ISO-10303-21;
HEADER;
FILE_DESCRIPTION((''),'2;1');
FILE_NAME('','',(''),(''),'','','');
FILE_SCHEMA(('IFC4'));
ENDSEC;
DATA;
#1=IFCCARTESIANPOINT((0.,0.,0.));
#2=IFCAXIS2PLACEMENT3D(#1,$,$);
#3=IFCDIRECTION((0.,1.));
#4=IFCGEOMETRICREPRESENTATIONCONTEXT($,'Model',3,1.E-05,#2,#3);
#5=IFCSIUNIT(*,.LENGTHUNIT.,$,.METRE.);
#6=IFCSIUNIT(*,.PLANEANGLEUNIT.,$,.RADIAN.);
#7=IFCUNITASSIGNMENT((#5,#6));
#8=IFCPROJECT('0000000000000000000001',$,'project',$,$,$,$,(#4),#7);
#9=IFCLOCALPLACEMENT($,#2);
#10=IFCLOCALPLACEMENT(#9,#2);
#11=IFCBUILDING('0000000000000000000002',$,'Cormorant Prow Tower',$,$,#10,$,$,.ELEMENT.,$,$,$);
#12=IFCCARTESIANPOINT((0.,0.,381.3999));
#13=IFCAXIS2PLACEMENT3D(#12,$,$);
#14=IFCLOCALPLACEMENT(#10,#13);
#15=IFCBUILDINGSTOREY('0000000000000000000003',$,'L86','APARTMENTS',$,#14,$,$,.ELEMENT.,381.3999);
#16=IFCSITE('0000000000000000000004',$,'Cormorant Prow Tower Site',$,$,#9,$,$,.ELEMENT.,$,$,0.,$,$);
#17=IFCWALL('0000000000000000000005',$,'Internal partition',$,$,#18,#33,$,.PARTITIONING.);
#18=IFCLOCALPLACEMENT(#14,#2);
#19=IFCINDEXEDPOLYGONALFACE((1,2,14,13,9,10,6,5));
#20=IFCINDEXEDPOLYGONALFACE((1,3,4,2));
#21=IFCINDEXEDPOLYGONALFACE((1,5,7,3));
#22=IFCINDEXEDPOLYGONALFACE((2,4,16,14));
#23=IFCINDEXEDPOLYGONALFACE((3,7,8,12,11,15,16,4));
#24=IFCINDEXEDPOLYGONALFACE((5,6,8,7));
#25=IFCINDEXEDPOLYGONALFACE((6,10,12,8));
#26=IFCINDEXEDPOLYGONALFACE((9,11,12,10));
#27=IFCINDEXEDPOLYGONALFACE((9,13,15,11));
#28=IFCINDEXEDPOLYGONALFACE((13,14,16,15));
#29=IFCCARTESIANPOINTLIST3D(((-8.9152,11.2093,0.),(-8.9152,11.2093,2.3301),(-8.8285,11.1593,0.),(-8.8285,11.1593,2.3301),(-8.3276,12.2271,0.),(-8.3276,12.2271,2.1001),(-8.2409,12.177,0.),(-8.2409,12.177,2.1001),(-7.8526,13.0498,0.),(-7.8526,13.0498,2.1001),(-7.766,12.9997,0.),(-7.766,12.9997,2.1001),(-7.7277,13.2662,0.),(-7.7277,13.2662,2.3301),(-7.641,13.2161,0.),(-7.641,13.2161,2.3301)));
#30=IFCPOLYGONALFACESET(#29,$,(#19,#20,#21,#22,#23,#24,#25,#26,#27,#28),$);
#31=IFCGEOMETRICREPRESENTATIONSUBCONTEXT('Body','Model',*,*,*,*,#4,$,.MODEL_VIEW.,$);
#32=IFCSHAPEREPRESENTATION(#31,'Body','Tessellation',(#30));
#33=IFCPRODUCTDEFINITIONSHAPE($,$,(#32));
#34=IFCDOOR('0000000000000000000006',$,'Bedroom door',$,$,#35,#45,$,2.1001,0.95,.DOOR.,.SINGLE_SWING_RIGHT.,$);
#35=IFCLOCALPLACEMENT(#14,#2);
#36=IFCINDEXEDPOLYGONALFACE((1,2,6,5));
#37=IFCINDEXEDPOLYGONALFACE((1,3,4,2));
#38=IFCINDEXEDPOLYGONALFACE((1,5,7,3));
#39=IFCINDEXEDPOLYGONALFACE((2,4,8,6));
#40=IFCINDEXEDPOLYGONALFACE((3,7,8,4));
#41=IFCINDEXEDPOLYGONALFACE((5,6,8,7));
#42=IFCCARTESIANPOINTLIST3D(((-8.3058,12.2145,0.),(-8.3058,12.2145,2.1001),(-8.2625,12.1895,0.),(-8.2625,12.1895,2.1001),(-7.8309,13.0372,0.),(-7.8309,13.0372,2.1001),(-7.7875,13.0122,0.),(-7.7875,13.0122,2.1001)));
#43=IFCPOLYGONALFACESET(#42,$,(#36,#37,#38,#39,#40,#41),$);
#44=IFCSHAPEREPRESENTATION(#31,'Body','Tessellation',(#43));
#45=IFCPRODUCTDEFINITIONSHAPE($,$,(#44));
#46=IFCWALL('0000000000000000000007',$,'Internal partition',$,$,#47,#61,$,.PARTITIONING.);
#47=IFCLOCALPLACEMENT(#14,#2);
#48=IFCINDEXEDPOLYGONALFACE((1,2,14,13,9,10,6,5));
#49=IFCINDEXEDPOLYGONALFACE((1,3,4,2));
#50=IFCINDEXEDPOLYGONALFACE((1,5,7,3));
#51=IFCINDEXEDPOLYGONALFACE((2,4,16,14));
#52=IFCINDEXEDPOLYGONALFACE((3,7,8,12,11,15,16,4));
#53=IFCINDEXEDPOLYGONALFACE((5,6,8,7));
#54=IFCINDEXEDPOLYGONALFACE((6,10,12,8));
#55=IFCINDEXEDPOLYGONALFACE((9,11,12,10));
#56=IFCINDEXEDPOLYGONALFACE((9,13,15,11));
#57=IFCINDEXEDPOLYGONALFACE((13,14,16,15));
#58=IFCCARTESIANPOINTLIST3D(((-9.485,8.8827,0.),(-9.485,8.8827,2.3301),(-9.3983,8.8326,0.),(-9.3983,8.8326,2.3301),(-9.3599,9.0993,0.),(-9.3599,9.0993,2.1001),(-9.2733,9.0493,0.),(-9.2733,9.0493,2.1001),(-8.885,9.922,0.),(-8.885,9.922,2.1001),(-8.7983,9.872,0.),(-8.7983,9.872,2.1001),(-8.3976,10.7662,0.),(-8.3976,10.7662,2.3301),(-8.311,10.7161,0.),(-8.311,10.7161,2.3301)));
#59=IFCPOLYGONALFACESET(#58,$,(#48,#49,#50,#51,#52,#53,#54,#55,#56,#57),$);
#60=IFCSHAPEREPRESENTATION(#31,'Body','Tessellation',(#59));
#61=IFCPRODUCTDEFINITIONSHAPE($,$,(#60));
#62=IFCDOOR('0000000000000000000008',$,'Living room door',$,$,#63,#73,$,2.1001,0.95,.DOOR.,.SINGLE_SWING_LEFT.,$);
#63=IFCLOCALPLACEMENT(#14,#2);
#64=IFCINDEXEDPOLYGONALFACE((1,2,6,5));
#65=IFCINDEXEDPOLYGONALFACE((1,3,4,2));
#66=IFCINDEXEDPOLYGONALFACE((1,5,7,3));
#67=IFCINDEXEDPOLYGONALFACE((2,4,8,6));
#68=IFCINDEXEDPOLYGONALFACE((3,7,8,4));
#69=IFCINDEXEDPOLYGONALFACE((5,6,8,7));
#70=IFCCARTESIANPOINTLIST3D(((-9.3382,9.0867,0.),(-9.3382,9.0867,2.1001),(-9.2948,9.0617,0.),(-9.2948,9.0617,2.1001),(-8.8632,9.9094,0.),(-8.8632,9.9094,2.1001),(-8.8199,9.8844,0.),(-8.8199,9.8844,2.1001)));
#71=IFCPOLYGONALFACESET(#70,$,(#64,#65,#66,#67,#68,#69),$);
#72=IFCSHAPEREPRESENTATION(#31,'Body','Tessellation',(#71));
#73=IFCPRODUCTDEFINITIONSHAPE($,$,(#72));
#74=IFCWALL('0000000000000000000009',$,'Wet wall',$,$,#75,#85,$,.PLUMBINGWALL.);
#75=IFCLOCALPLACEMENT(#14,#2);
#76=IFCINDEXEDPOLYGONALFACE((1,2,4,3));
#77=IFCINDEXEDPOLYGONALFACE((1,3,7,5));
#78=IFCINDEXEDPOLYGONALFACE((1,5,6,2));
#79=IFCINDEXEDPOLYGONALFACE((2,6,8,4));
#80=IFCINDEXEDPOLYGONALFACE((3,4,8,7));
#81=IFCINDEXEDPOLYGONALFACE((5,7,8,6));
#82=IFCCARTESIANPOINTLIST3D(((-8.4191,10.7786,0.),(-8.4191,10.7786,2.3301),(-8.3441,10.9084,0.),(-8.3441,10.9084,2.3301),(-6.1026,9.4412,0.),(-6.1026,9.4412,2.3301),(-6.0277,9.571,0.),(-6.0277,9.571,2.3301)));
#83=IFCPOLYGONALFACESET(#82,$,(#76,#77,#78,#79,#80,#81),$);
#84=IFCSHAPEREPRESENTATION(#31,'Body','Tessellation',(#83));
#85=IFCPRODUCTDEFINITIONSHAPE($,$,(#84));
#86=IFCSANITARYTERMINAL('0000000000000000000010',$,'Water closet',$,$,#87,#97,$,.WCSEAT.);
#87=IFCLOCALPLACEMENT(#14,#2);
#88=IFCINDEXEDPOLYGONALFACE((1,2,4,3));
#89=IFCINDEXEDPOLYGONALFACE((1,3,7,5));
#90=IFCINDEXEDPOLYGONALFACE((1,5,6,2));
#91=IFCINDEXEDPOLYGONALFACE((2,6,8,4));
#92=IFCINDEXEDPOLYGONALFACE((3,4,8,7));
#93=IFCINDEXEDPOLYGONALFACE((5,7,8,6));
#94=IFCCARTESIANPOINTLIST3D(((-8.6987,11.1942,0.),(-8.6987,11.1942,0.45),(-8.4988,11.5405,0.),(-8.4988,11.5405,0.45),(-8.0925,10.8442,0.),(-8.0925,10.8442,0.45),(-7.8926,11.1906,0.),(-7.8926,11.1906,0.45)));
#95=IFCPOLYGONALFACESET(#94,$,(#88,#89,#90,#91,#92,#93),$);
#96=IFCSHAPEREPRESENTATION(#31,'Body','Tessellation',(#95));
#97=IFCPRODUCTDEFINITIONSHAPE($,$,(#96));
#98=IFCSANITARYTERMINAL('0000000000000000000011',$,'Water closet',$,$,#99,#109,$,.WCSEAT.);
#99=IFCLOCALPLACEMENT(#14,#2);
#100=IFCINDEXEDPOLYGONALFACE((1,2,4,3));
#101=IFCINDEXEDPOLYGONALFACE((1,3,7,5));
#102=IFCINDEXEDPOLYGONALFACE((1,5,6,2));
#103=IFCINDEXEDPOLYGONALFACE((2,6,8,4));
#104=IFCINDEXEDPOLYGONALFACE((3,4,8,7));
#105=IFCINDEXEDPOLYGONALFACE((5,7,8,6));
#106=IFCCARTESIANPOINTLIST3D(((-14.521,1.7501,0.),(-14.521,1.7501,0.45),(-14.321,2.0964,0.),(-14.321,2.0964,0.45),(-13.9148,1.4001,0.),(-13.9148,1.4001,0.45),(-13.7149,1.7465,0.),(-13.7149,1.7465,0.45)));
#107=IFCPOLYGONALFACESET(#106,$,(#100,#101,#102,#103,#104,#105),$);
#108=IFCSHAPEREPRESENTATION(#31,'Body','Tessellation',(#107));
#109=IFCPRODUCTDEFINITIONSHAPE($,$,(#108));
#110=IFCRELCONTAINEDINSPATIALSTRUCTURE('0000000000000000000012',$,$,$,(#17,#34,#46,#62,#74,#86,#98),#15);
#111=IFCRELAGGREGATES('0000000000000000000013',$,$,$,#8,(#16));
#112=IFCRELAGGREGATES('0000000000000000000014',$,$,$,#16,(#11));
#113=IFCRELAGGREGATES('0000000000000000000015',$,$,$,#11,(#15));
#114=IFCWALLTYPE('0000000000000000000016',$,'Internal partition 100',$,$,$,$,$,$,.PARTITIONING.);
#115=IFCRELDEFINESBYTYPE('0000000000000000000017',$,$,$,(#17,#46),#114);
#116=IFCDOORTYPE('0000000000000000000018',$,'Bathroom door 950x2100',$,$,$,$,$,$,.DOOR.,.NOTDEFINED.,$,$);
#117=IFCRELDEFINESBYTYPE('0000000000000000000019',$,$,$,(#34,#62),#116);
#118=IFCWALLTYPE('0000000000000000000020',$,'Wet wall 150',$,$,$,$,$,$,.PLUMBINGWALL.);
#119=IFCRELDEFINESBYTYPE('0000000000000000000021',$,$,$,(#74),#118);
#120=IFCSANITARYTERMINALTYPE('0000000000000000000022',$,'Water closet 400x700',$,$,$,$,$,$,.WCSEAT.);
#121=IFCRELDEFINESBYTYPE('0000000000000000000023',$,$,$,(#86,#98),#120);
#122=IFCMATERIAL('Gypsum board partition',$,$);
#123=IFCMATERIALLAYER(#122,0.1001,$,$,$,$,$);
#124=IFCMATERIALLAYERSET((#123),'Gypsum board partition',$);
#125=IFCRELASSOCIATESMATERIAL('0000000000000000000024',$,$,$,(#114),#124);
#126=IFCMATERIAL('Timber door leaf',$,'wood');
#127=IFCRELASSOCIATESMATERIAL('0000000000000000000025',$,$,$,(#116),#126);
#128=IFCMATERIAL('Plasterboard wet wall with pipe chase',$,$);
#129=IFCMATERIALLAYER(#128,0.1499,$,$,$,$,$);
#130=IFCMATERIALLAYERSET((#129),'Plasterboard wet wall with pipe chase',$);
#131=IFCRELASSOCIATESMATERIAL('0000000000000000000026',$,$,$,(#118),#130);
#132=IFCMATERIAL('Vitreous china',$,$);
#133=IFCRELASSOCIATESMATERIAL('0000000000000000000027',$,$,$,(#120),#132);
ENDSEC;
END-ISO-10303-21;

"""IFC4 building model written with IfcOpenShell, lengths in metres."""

from ifc_helpers import new_model, si_unit, direction, frame, frame_2d, origin, origin_2d, place, context, subcontext, project, spatial, rectangle, extrude, material, layer, layer_set, type_object, element, fill, save


model = new_model("IFC4")

# Units and contexts
model_context = context("Model", 3, precision=1e-05, world=origin(), true_north=direction((0.0, 1.0)))
body_context = subcontext(model_context, "Body", "Model", "MODEL_VIEW")
ifc_project = project(units=[si_unit("LENGTHUNIT", "METRE"), si_unit("PLANEANGLEUNIT", "RADIAN")], contexts=[model_context])

# Site, building, storey
site_placement = place(None, origin())
site = spatial("IfcSite", under=ifc_project, at=site_placement, Name="Cormorant Prow Tower Site", CompositionType="ELEMENT", RefElevation=0.0)
building_placement = place(site_placement, origin())
building = spatial("IfcBuilding", under=site, at=building_placement, Name="Cormorant Prow Tower", CompositionType="ELEMENT")
storey_placement = place(building_placement, frame((0.0, 0.0, 381.3999)))
storey = spatial("IfcBuildingStorey", under=building, at=storey_placement, Name="L86", Description="APARTMENTS", CompositionType="ELEMENT", Elevation=381.3999)

# Shared definitions
ifc_material_1 = material(Name="Gypsum board partition")
ifc_layer_1 = layer(ifc_material_1, 0.1001)
ifc_layer_set_1 = layer_set([ifc_layer_1], Name="Gypsum board partition")
wall_type_1 = type_object("IfcWallType", Name="Internal partition 100", PredefinedType="PARTITIONING", material=ifc_layer_set_1)
ifc_material_2 = material(Name="Timber door leaf", Category="wood")
door_type_1 = type_object("IfcDoorType", Name="Bathroom door 950x2100", OperationType="NOTDEFINED", PredefinedType="DOOR", material=ifc_material_2)

# Walls, openings, doors
wall_1_placement = place(storey_placement, frame((-8.8718, 11.1843, 0.0), z_axis=(0.0, 0.0, 1.0), x_axis=(0.499986, 0.866033, 0.0)))
wall_1 = element("IfcWall", 1, at=wall_1_placement, inside=storey, type_object=wall_type_1, Name="Internal partition", PredefinedType="PARTITIONING", context=body_context, shape_type="SweptSolid", body=[
    extrude(rectangle(XDim=2.375, YDim=0.1001, at=frame_2d((1.1875, 0.0))), origin(), (0.0, 0.0, 1.0), 2.3301),
])
opening_1_placement = place(wall_1_placement, frame((1.175, 0.0, 0.0)))
opening_1 = element("IfcOpeningElement", 2, at=opening_1_placement, cuts=wall_1, PredefinedType="OPENING", context=body_context, shape_type="SweptSolid", body=[
    extrude(rectangle(XDim=0.95, YDim=2.1001, at=frame_2d((0.4751, 1.05))), frame((0.0, 0.0601, 0.0), z_axis=(0.0, -1.0, 0.0), x_axis=(1.0, 0.0, 0.0)), (0.0, 0.0, 1.0), 0.1201),
])
door_1_placement = place(opening_1_placement, origin())
door_1 = element("IfcDoor", 3, at=door_1_placement, inside=storey, type_object=door_type_1, Name="Bedroom door", OperationType="SINGLE_SWING_RIGHT", OverallHeight=2.1001, OverallWidth=0.95, PredefinedType="DOOR", context=body_context, shape_type="SweptSolid", body=[
    extrude(rectangle(XDim=0.95, YDim=2.1001, at=frame_2d((0.4751, 1.05))), frame((0.0, 0.0249, 0.0), z_axis=(0.0, -1.0, 0.0), x_axis=(1.0, 0.0, 0.0)), (0.0, 0.0, 1.0), 0.05),
])
fill(opening_1, door_1)
wall_2_placement = place(storey_placement, frame((-9.4417, 8.8577, 0.0), z_axis=(0.0, 0.0, 1.0), x_axis=(0.499978, 0.866038, 0.0)))
wall_2 = element("IfcWall", 4, at=wall_2_placement, inside=storey, type_object=wall_type_1, Name="Internal partition", PredefinedType="PARTITIONING", context=body_context, shape_type="SweptSolid", body=[
    extrude(rectangle(XDim=2.1748, YDim=0.1001, at=frame_2d((1.0874, 0.0))), origin(), (0.0, 0.0, 1.0), 2.3301),
])
opening_2_placement = place(wall_2_placement, frame((0.25, 0.0, 0.0)))
opening_2 = element("IfcOpeningElement", 5, at=opening_2_placement, cuts=wall_2, PredefinedType="OPENING", context=body_context, shape_type="SweptSolid", body=[
    extrude(rectangle(XDim=0.95, YDim=2.1001, at=frame_2d((0.4751, 1.05))), frame((0.0, 0.0601, 0.0), z_axis=(0.0, -1.0, 0.0), x_axis=(1.0, 0.0, 0.0)), (0.0, 0.0, 1.0), 0.1201),
])
door_2_placement = place(opening_2_placement, origin())
door_2 = element("IfcDoor", 6, at=door_2_placement, inside=storey, type_object=door_type_1, Name="Living room door", OperationType="SINGLE_SWING_LEFT", OverallHeight=2.1001, OverallWidth=0.95, PredefinedType="DOOR", context=body_context, shape_type="SweptSolid", body=[
    extrude(rectangle(XDim=0.95, YDim=2.1001, at=frame_2d((0.4751, 1.05))), frame((0.0, 0.0249, 0.0), z_axis=(0.0, -1.0, 0.0), x_axis=(1.0, 0.0, 0.0)), (0.0, 0.0, 1.0), 0.05),
])
fill(opening_2, door_2)

# Wall
ifc_material_3 = material(Name="Plasterboard wet wall with pipe chase")
ifc_layer_2 = layer(ifc_material_3, 0.1499)
ifc_layer_set_2 = layer_set([ifc_layer_2], Name="Plasterboard wet wall with pipe chase")
wall_type_2 = type_object("IfcWallType", Name="Wet wall 150", PredefinedType="PLUMBINGWALL", material=ifc_layer_set_2)
wall_3_placement = place(storey_placement, frame((-8.3816, 10.8435, 0.0), z_axis=(0.0, 0.0, 1.0), x_axis=(0.866021, -0.500007, 0.0)))
element("IfcWall", 7, at=wall_3_placement, inside=storey, type_object=wall_type_2, Name="Wet wall", PredefinedType="PLUMBINGWALL", context=body_context, shape_type="SweptSolid", body=[
    extrude(rectangle(XDim=2.6748, YDim=0.1499, at=frame_2d((1.3374, 0.0))), origin(), (0.0, 0.0, 1.0), 2.3301),
])

# Sanitary terminals
ifc_material_4 = material(Name="Vitreous china")
sanitary_terminal_type = type_object("IfcSanitaryTerminalType", Name="Water closet 400x700", PredefinedType="WCSEAT", material=ifc_material_4)
for number, where, z_axis, x_axis, name in (
    (8, (-8.2957, 11.1924, 0.0), (0.0, 0.0, 1.0), (0.5, 0.866025, 0.0), "Water closet"),
    (9, (-14.1179, 1.7483, 0.0), (0.0, 0.0, 1.0), (-0.5, -0.866025, 0.0), "Water closet"),
):
    element("IfcSanitaryTerminal", number, at=place(storey_placement, frame(where, z_axis=z_axis, x_axis=x_axis)), inside=storey, type_object=sanitary_terminal_type, Name=name, PredefinedType="WCSEAT", context=body_context, shape_type="SweptSolid", body=[
        extrude(rectangle(XDim=0.3999, YDim=0.7, at=origin_2d()), origin(), (0.0, 0.0, 1.0), 0.45),
    ])

save(model, "model.ifc")
